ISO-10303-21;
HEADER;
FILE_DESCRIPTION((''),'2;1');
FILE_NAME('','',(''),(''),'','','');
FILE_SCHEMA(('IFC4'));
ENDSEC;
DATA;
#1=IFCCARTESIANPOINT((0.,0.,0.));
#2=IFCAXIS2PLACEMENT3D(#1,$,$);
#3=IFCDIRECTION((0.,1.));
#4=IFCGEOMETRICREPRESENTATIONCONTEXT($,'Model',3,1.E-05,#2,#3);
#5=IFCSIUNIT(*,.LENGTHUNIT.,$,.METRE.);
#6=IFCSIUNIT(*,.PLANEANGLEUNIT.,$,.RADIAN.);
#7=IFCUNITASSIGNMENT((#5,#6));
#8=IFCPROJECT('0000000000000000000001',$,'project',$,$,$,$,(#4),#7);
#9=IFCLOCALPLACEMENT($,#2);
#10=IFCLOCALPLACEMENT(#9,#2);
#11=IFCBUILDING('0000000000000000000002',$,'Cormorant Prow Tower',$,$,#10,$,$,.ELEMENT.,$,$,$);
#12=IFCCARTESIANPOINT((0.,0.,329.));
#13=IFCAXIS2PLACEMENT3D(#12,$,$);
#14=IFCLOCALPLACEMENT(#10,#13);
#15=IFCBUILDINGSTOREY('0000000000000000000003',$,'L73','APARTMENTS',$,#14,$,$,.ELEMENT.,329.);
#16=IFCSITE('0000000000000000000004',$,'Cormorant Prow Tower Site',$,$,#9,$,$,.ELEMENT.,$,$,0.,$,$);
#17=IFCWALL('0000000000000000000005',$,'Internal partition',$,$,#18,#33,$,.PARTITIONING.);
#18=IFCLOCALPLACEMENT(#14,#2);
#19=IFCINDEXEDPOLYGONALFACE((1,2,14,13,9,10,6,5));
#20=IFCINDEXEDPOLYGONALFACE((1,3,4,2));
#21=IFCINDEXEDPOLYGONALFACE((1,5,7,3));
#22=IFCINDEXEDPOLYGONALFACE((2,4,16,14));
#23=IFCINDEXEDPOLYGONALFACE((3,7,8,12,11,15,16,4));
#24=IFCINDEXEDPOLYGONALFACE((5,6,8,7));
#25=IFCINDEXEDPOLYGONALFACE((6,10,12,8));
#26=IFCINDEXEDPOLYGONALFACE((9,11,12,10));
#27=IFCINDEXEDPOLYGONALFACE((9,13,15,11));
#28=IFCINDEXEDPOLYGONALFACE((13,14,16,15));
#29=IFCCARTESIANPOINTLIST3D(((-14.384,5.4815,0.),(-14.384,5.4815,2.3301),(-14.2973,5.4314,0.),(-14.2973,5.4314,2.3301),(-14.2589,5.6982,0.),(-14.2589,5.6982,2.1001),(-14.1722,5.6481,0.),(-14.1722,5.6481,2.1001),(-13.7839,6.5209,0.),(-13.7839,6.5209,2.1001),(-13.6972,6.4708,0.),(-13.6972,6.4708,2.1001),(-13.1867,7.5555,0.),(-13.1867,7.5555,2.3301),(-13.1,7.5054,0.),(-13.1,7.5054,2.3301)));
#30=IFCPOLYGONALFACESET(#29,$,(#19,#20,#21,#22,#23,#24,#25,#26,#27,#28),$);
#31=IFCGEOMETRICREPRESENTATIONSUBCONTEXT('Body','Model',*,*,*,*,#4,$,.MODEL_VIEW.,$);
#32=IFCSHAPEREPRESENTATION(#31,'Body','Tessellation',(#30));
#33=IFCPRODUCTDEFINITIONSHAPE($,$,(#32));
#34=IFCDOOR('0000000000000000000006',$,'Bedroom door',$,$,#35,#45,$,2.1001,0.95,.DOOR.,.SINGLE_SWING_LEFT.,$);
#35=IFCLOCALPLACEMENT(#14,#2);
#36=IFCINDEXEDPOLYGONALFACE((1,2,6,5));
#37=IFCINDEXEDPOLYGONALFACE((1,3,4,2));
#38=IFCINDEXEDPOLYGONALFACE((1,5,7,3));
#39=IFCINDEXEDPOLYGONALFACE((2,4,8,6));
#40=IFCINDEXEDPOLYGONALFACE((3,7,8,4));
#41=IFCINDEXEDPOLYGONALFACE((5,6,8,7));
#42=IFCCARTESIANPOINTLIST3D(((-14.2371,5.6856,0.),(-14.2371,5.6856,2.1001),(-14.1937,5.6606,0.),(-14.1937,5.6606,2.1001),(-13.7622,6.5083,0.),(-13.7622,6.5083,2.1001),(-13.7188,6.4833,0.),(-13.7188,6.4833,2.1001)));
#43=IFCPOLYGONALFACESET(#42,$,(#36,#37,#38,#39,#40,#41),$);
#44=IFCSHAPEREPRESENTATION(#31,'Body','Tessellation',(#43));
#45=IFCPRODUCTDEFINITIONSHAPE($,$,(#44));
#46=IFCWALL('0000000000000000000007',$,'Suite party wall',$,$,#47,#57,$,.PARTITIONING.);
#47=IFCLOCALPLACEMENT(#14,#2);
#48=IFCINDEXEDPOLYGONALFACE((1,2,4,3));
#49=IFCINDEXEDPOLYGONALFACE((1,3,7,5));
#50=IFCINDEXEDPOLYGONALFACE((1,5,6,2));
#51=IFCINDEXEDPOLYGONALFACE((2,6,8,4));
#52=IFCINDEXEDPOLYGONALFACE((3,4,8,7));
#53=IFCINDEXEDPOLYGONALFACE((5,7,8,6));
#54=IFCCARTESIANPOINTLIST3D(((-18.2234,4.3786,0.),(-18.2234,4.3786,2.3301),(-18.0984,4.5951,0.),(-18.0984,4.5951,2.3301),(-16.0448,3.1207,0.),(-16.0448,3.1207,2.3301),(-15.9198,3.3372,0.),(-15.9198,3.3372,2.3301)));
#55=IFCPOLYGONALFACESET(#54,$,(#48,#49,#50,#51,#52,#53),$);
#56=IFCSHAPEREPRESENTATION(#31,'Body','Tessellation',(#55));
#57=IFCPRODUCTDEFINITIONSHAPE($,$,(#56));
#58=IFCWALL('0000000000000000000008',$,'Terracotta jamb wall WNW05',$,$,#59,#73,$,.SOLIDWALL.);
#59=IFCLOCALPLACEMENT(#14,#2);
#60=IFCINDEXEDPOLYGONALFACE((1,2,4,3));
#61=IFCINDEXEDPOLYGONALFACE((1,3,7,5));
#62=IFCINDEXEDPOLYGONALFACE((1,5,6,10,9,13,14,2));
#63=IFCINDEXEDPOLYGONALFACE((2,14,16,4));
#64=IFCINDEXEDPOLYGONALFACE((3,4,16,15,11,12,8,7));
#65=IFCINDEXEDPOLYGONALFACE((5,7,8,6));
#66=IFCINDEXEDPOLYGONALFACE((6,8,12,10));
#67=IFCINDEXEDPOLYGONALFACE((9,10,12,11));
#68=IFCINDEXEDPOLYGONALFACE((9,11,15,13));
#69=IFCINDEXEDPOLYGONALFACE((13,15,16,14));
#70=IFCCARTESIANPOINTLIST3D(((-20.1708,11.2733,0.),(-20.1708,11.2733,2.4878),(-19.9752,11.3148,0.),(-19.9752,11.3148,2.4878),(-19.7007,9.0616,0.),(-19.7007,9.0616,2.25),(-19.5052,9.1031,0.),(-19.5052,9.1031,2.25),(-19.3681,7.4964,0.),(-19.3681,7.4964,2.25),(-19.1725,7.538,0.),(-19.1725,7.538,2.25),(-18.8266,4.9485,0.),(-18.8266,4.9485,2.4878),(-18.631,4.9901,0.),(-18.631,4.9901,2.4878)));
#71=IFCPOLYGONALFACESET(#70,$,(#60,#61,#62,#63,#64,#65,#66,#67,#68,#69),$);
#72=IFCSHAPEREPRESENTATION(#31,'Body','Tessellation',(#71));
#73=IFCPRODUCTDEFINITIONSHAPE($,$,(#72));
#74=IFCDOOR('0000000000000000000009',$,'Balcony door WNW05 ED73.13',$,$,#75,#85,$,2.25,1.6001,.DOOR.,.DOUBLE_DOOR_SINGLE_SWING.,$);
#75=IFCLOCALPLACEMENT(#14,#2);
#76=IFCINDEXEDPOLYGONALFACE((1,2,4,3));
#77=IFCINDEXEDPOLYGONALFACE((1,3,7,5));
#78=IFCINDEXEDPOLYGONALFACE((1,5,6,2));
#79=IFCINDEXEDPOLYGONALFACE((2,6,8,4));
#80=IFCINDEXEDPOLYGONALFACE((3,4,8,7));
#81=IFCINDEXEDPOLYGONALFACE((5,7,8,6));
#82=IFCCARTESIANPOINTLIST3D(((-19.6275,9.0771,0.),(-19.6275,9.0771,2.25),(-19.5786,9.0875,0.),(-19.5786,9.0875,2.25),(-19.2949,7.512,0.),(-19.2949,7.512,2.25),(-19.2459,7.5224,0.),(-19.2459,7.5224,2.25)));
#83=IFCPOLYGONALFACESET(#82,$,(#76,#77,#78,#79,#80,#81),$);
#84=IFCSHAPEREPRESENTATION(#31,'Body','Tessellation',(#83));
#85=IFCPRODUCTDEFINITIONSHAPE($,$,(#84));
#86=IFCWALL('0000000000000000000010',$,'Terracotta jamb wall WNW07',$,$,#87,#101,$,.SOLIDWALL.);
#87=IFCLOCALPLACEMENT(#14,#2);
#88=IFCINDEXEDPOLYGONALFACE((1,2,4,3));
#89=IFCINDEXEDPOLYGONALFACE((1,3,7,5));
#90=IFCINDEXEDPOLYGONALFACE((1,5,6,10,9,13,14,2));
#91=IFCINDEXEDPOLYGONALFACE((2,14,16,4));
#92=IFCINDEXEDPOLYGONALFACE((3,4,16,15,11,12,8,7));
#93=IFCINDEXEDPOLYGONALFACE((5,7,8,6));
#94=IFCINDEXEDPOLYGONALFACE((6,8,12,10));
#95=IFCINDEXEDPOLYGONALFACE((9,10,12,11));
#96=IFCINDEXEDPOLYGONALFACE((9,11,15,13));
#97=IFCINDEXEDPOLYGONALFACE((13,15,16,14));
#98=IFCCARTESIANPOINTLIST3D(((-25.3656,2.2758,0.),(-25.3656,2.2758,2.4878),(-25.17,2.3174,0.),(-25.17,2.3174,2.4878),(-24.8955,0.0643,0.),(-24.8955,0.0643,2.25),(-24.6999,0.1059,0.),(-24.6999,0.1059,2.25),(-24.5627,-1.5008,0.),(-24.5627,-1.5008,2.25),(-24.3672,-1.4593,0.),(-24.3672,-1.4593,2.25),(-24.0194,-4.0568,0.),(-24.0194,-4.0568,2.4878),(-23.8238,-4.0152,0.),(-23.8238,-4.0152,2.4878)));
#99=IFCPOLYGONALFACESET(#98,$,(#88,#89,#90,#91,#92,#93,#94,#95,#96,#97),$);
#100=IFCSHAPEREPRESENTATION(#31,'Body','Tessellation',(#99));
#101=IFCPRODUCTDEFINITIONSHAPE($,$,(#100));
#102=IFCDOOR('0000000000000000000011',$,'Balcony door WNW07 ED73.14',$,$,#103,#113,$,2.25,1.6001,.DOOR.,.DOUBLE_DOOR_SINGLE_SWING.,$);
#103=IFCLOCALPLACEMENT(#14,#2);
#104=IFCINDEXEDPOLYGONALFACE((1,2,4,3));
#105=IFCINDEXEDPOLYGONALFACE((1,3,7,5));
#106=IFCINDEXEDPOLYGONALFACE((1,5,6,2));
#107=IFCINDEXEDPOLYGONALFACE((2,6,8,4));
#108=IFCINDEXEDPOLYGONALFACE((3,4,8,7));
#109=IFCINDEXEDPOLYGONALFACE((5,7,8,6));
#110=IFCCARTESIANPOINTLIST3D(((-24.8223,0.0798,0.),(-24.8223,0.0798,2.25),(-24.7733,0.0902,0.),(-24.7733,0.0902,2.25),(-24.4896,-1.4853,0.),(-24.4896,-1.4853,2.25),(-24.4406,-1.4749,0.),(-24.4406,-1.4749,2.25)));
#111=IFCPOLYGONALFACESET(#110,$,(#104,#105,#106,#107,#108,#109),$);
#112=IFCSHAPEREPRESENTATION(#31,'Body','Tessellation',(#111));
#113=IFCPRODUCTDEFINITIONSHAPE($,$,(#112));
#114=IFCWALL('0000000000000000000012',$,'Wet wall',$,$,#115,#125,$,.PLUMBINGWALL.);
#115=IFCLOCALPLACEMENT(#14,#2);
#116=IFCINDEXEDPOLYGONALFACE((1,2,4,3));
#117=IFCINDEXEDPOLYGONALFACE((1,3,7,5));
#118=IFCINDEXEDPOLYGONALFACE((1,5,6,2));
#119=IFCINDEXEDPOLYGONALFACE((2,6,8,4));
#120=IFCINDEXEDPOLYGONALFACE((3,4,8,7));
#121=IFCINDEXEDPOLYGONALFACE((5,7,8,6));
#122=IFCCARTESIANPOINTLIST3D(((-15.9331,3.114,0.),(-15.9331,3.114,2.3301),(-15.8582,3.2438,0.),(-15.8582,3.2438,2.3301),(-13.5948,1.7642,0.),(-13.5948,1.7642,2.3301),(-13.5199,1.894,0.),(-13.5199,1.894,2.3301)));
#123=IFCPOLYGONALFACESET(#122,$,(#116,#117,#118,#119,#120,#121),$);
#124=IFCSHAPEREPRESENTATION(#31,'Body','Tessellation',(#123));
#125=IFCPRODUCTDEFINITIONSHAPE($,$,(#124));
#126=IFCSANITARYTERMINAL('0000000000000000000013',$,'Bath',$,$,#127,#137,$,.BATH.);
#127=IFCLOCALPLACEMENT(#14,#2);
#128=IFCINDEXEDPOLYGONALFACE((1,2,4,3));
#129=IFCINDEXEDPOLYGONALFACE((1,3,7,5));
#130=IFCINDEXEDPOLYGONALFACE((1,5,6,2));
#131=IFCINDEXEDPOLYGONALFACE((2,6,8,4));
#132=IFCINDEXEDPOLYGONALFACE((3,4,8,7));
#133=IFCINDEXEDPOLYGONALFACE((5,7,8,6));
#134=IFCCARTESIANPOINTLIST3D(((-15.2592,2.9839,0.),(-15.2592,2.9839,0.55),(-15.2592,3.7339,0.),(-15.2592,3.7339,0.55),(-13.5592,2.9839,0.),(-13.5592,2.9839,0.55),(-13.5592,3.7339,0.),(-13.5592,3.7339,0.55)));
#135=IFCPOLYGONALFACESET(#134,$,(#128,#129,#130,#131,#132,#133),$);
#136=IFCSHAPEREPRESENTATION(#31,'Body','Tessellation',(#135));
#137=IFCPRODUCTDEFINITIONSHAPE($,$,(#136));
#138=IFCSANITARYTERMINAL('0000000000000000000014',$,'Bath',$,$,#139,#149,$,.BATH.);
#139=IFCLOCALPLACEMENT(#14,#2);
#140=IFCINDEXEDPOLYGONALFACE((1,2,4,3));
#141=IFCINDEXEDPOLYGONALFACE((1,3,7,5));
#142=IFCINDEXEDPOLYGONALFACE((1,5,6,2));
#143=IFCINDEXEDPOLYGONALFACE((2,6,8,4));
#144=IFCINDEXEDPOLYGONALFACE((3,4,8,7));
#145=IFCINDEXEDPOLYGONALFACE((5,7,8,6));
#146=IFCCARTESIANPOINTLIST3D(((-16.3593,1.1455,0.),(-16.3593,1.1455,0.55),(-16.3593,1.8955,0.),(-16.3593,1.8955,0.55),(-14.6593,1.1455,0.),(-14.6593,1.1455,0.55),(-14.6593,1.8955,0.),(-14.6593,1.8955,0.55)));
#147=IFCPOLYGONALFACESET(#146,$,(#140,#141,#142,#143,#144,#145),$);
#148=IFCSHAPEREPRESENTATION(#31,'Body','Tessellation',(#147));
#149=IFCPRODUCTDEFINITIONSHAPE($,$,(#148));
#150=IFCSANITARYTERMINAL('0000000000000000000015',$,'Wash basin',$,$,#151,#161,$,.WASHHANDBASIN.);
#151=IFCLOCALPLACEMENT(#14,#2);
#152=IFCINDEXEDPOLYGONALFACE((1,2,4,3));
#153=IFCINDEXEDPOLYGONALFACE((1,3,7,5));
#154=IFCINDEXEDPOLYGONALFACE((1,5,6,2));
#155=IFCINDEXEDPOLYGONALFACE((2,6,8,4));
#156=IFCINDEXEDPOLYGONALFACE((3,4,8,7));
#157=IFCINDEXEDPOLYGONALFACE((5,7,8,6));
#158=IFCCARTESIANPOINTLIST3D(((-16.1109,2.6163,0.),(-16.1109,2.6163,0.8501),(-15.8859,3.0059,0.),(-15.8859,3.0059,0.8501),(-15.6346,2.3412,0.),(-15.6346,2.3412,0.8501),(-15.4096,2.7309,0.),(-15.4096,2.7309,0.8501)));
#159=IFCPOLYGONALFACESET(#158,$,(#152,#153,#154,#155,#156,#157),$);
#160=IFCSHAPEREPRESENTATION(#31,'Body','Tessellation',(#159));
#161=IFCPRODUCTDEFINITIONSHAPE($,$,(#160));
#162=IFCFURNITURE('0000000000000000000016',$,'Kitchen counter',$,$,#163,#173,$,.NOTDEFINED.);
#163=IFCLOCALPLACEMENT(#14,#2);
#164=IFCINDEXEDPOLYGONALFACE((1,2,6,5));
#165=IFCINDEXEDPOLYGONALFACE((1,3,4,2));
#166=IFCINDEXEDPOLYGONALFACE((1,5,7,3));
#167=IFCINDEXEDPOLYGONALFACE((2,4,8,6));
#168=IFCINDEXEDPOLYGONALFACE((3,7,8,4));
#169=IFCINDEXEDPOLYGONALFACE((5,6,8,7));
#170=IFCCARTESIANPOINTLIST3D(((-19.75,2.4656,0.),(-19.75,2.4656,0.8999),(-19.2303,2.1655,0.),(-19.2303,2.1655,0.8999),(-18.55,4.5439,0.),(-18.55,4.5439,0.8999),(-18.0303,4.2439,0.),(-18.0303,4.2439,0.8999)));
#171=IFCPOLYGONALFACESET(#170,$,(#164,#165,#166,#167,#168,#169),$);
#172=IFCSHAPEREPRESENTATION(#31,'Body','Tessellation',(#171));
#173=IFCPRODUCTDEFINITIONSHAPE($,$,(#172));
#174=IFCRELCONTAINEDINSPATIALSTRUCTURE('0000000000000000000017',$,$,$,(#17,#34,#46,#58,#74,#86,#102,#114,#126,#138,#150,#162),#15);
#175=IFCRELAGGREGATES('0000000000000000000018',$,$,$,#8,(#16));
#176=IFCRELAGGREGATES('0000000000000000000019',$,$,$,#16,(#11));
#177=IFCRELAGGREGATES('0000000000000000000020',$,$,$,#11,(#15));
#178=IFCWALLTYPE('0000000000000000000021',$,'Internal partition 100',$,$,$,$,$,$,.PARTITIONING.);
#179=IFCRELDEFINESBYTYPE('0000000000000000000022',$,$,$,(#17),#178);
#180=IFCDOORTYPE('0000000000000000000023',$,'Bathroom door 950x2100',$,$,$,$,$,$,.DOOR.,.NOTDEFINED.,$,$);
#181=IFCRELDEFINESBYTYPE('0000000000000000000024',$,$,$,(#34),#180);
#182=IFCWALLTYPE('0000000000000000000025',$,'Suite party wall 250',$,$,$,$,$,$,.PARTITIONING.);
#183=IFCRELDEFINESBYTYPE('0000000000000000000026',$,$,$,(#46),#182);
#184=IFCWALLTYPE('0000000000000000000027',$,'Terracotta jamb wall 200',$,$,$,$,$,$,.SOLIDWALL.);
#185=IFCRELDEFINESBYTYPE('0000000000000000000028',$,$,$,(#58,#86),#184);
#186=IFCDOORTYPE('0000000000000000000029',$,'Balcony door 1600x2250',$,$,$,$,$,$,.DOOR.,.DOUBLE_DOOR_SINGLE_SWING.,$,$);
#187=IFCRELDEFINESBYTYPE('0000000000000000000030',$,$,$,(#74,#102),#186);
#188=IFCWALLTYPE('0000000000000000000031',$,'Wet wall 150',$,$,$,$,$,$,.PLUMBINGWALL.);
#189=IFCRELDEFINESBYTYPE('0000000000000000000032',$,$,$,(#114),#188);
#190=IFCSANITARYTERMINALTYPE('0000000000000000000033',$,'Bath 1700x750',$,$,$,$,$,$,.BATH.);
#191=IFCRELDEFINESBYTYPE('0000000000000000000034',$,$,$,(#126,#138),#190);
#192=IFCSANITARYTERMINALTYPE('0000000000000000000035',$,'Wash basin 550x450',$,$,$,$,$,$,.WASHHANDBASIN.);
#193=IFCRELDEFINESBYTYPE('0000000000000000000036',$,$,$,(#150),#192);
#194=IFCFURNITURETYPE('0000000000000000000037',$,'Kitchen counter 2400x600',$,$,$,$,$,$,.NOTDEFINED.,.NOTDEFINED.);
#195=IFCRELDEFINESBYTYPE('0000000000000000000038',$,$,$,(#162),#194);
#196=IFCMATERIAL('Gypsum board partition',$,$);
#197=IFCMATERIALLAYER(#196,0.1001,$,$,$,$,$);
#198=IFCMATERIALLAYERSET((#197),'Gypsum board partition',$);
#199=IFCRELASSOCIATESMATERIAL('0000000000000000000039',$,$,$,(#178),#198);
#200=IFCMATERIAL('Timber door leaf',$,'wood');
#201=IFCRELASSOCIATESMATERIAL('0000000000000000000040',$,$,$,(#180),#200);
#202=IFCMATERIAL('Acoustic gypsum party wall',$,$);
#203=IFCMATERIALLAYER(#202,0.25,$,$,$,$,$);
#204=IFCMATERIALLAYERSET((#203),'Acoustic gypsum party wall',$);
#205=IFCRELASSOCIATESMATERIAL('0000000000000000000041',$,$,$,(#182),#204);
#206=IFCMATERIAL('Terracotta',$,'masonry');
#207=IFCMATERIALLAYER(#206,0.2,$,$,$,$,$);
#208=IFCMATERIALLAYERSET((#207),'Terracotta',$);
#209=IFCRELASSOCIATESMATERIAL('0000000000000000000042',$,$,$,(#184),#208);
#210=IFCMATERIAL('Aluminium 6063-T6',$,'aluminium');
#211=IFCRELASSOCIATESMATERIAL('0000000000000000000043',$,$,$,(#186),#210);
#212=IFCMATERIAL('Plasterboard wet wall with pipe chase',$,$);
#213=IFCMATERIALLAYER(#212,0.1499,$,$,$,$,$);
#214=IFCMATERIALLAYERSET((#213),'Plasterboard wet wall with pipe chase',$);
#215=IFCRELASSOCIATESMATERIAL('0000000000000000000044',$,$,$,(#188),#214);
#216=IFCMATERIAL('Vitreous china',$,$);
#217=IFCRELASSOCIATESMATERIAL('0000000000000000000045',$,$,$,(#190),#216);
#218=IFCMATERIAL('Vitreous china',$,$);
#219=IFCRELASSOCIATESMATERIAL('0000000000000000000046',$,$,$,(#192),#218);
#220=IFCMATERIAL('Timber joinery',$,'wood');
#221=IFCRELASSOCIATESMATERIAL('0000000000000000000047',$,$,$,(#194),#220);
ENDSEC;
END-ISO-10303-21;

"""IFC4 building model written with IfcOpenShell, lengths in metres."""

from ifc_helpers import new_model, si_unit, direction, frame, frame_2d, origin, origin_2d, place, context, subcontext, project, spatial, rectangle, extrude, material, layer, layer_set, type_object, element, fill, save


model = new_model("IFC4")

# Units and contexts
model_context = context("Model", 3, precision=1e-05, world=origin(), true_north=direction((0.0, 1.0)))
body_context = subcontext(model_context, "Body", "Model", "MODEL_VIEW")
ifc_project = project(units=[si_unit("LENGTHUNIT", "METRE"), si_unit("PLANEANGLEUNIT", "RADIAN")], contexts=[model_context])

# Site, building, storey
site_placement = place(None, origin())
site = spatial("IfcSite", under=ifc_project, at=site_placement, Name="Cormorant Prow Tower Site", CompositionType="ELEMENT", RefElevation=0.0)
building_placement = place(site_placement, origin())
building = spatial("IfcBuilding", under=site, at=building_placement, Name="Cormorant Prow Tower", CompositionType="ELEMENT")
storey_placement = place(building_placement, frame((0.0, 0.0, 329.0)))
storey = spatial("IfcBuildingStorey", under=building, at=storey_placement, Name="L73", Description="APARTMENTS", CompositionType="ELEMENT", Elevation=329.0)

# Shared definitions
ifc_material_1 = material(Name="Gypsum board partition")
ifc_layer_1 = layer(ifc_material_1, 0.1001)
ifc_layer_set_1 = layer_set([ifc_layer_1], Name="Gypsum board partition")
wall_type_1 = type_object("IfcWallType", Name="Internal partition 100", PredefinedType="PARTITIONING", material=ifc_layer_set_1)
ifc_material_2 = material(Name="Timber door leaf", Category="wood")
door_type_1 = type_object("IfcDoorType", Name="Bathroom door 950x2100", OperationType="NOTDEFINED", PredefinedType="DOOR", material=ifc_material_2)

# Wall, opening, door
wall_1_placement = place(storey_placement, frame((-14.3406, 5.4565, 0.0), z_axis=(0.0, 0.0, 1.0), x_axis=(0.499955, 0.866051, 0.0)))
wall_1 = element("IfcWall", 1, at=wall_1_placement, inside=storey, type_object=wall_type_1, Name="Internal partition", PredefinedType="PARTITIONING", context=body_context, shape_type="SweptSolid", body=[
    extrude(rectangle(XDim=2.3948, YDim=0.1001, at=frame_2d((1.1973, 0.0))), origin(), (0.0, 0.0, 1.0), 2.3301),
])
opening_1_placement = place(wall_1_placement, frame((0.25, 0.0, 0.0)))
opening_1 = element("IfcOpeningElement", 2, at=opening_1_placement, cuts=wall_1, PredefinedType="OPENING", context=body_context, shape_type="SweptSolid", body=[
    extrude(rectangle(XDim=0.95, YDim=2.1001, at=frame_2d((0.4751, 1.05))), frame((0.0, 0.0601, 0.0), z_axis=(0.0, -1.0, 0.0), x_axis=(1.0, 0.0, 0.0)), (0.0, 0.0, 1.0), 0.1201),
])
door_1_placement = place(opening_1_placement, origin())
door_1 = element("IfcDoor", 3, at=door_1_placement, inside=storey, type_object=door_type_1, Name="Bedroom door", OperationType="SINGLE_SWING_LEFT", OverallHeight=2.1001, OverallWidth=0.95, PredefinedType="DOOR", context=body_context, shape_type="SweptSolid", body=[
    extrude(rectangle(XDim=0.95, YDim=2.1001, at=frame_2d((0.4751, 1.05))), frame((0.0, 0.0249, 0.0), z_axis=(0.0, -1.0, 0.0), x_axis=(1.0, 0.0, 0.0)), (0.0, 0.0, 1.0), 0.05),
])
fill(opening_1, door_1)

# Wall
ifc_material_3 = material(Name="Acoustic gypsum party wall")
ifc_layer_2 = layer(ifc_material_3, 0.25)
ifc_layer_set_2 = layer_set([ifc_layer_2], Name="Acoustic gypsum party wall")
wall_type_2 = type_object("IfcWallType", Name="Suite party wall 250", PredefinedType="PARTITIONING", material=ifc_layer_set_2)
wall_2_placement = place(storey_placement, frame((-18.1609, 4.4868, 0.0), z_axis=(0.0, 0.0, 1.0), x_axis=(0.866013, -0.500022, 0.0)))
element("IfcWall", 4, at=wall_2_placement, inside=storey, type_object=wall_type_2, Name="Suite party wall", PredefinedType="PARTITIONING", context=body_context, shape_type="SweptSolid", body=[
    extrude(rectangle(XDim=2.5156, YDim=0.25, at=frame_2d((1.2578, 0.0))), origin(), (0.0, 0.0, 1.0), 2.3301),
])

# Walls, openings, doors
ifc_material_4 = material(Name="Terracotta", Category="masonry")
ifc_layer_3 = layer(ifc_material_4, 0.2)
ifc_layer_set_3 = layer_set([ifc_layer_3], Name="Terracotta")
wall_type_3 = type_object("IfcWallType", Name="Terracotta jamb wall 200", PredefinedType="SOLIDWALL", material=ifc_layer_set_3)
wall_3_placement = place(storey_placement, frame((-20.073, 11.2939, 0.0), z_axis=(0.0, 0.0, 1.0), x_axis=(0.207894, -0.978151, 0.0)))
wall_3 = element("IfcWall", 5, at=wall_3_placement, inside=storey, type_object=wall_type_3, Name="Terracotta jamb wall WNW05", PredefinedType="SOLIDWALL", context=body_context, shape_type="SweptSolid", body=[
    extrude(rectangle(XDim=6.4661, YDim=0.2, at=frame_2d((3.2329, 0.0))), origin(), (0.0, 0.0, 1.0), 2.4878),
])
opening_2_placement = place(wall_3_placement, frame((2.261, 0.0, 0.0)))
opening_2 = element("IfcOpeningElement", 6, at=opening_2_placement, cuts=wall_3, PredefinedType="OPENING", context=body_context, shape_type="SweptSolid", body=[
    extrude(rectangle(XDim=1.6001, YDim=2.25, at=frame_2d((0.8, 1.125))), frame((0.0, 0.1099, 0.0), z_axis=(0.0, -1.0, 0.0), x_axis=(1.0, 0.0, 0.0)), (0.0, 0.0, 1.0), 0.22),
])
ifc_material_5 = material(Name="Aluminium 6063-T6", Category="aluminium")
door_type_2 = type_object("IfcDoorType", Name="Balcony door 1600x2250", OperationType="DOUBLE_DOOR_SINGLE_SWING", PredefinedType="DOOR", material=ifc_material_5)
door_2_placement = place(opening_2_placement, origin())
door_2 = element("IfcDoor", 7, at=door_2_placement, inside=storey, type_object=door_type_2, Name="Balcony door WNW05 ED73.13", OperationType="DOUBLE_DOOR_SINGLE_SWING", OverallHeight=2.25, OverallWidth=1.6001, PredefinedType="DOOR", context=body_context, shape_type="SweptSolid", body=[
    extrude(rectangle(XDim=1.6001, YDim=2.25, at=frame_2d((0.8, 1.125))), frame((0.0, 0.0249, 0.0), z_axis=(0.0, -1.0, 0.0), x_axis=(1.0, 0.0, 0.0)), (0.0, 0.0, 1.0), 0.05),
])
fill(opening_2, door_2)
wall_4_placement = place(storey_placement, frame((-25.2678, 2.2966, 0.0), z_axis=(0.0, 0.0, 1.0), x_axis=(0.207937, -0.978142, 0.0)))
wall_4 = element("IfcWall", 8, at=wall_4_placement, inside=storey, type_object=wall_type_3, Name="Terracotta jamb wall WNW07", PredefinedType="SOLIDWALL", context=body_context, shape_type="SweptSolid", body=[
    extrude(rectangle(XDim=6.4741, YDim=0.2, at=frame_2d((3.2371, 0.0))), origin(), (0.0, 0.0, 1.0), 2.4878),
])
opening_3_placement = place(wall_4_placement, frame((2.261, 0.0, 0.0)))
opening_3 = element("IfcOpeningElement", 9, at=opening_3_placement, cuts=wall_4, PredefinedType="OPENING", context=body_context, shape_type="SweptSolid", body=[
    extrude(rectangle(XDim=1.6001, YDim=2.25, at=frame_2d((0.8, 1.125))), frame((0.0, 0.1099, 0.0), z_axis=(0.0, -1.0, 0.0), x_axis=(1.0, 0.0, 0.0)), (0.0, 0.0, 1.0), 0.22),
])
door_3_placement = place(opening_3_placement, origin())
door_3 = element("IfcDoor", 10, at=door_3_placement, inside=storey, type_object=door_type_2, Name="Balcony door WNW07 ED73.14", OperationType="DOUBLE_DOOR_SINGLE_SWING", OverallHeight=2.25, OverallWidth=1.6001, PredefinedType="DOOR", context=body_context, shape_type="SweptSolid", body=[
    extrude(rectangle(XDim=1.6001, YDim=2.25, at=frame_2d((0.8, 1.125))), frame((0.0, 0.0249, 0.0), z_axis=(0.0, -1.0, 0.0), x_axis=(1.0, 0.0, 0.0)), (0.0, 0.0, 1.0), 0.05),
])
fill(opening_3, door_3)

# Wall
ifc_material_6 = material(Name="Plasterboard wet wall with pipe chase")
ifc_layer_4 = layer(ifc_material_6, 0.1499)
ifc_layer_set_4 = layer_set([ifc_layer_4], Name="Plasterboard wet wall with pipe chase")
wall_type_4 = type_object("IfcWallType", Name="Wet wall 150", PredefinedType="PLUMBINGWALL", material=ifc_layer_set_4)
wall_5_placement = place(storey_placement, frame((-15.8958, 3.179, 0.0), z_axis=(0.0, 0.0, 1.0), x_axis=(0.866059, -0.499942, 0.0)))
element("IfcWall", 11, at=wall_5_placement, inside=storey, type_object=wall_type_4, Name="Wet wall", PredefinedType="PLUMBINGWALL", context=body_context, shape_type="SweptSolid", body=[
    extrude(rectangle(XDim=2.7, YDim=0.1499, at=frame_2d((1.3501, 0.0))), origin(), (0.0, 0.0, 1.0), 2.3301),
])

# Sanitary terminals
ifc_material_7 = material(Name="Vitreous china")
sanitary_terminal_type_1 = type_object("IfcSanitaryTerminalType", Name="Bath 1700x750", PredefinedType="BATH", material=ifc_material_7)
for number, where, z_axis, x_axis, name in (
    (12, (-14.4092, 3.3589, 0.0), (0.0, 0.0, 1.0), (1.0, 0.0, 0.0), "Bath"),
    (13, (-15.5093, 1.5205, 0.0), (0.0, 0.0, 1.0), (1.0, 0.0, 0.0), "Bath"),
):
    element("IfcSanitaryTerminal", number, at=place(storey_placement, frame(where, z_axis=z_axis, x_axis=x_axis)), inside=storey, type_object=sanitary_terminal_type_1, Name=name, PredefinedType="BATH", context=body_context, shape_type="SweptSolid", body=[
        extrude(rectangle(XDim=1.7, YDim=0.75, at=origin_2d()), origin(), (0.0, 0.0, 1.0), 0.55),
    ])
ifc_material_8 = material(Name="Vitreous china")
sanitary_terminal_type_2 = type_object("IfcSanitaryTerminalType", Name="Wash basin 550x450", PredefinedType="WASHHANDBASIN", material=ifc_material_8)
sanitary_terminal_placement = place(storey_placement, frame((-15.7603, 2.6736, 0.0), z_axis=(0.0, 0.0, 1.0), x_axis=(0.866025, -0.5, 0.0)))
element("IfcSanitaryTerminal", 14, at=sanitary_terminal_placement, inside=storey, type_object=sanitary_terminal_type_2, Name="Wash basin", PredefinedType="WASHHANDBASIN", context=body_context, shape_type="SweptSolid", body=[
    extrude(rectangle(XDim=0.55, YDim=0.45, at=origin_2d()), origin(), (0.0, 0.0, 1.0), 0.8501),
])

# Furniture
ifc_material_9 = material(Name="Timber joinery", Category="wood")
furniture_type = type_object("IfcFurnitureType", Name="Kitchen counter 2400x600", AssemblyPlace="NOTDEFINED", PredefinedType="NOTDEFINED", material=ifc_material_9)
furniture_placement = place(storey_placement, frame((-18.8901, 3.3547, 0.0), z_axis=(0.0, 0.0, 1.0), x_axis=(-0.5, -0.866025, 0.0)))
element("IfcFurniture", 15, at=furniture_placement, inside=storey, type_object=furniture_type, Name="Kitchen counter", PredefinedType="NOTDEFINED", context=body_context, shape_type="SweptSolid", body=[
    extrude(rectangle(XDim=2.3999, YDim=0.6001, at=origin_2d()), origin(), (0.0, 0.0, 1.0), 0.8999),
])

save(model, "model.ifc")
